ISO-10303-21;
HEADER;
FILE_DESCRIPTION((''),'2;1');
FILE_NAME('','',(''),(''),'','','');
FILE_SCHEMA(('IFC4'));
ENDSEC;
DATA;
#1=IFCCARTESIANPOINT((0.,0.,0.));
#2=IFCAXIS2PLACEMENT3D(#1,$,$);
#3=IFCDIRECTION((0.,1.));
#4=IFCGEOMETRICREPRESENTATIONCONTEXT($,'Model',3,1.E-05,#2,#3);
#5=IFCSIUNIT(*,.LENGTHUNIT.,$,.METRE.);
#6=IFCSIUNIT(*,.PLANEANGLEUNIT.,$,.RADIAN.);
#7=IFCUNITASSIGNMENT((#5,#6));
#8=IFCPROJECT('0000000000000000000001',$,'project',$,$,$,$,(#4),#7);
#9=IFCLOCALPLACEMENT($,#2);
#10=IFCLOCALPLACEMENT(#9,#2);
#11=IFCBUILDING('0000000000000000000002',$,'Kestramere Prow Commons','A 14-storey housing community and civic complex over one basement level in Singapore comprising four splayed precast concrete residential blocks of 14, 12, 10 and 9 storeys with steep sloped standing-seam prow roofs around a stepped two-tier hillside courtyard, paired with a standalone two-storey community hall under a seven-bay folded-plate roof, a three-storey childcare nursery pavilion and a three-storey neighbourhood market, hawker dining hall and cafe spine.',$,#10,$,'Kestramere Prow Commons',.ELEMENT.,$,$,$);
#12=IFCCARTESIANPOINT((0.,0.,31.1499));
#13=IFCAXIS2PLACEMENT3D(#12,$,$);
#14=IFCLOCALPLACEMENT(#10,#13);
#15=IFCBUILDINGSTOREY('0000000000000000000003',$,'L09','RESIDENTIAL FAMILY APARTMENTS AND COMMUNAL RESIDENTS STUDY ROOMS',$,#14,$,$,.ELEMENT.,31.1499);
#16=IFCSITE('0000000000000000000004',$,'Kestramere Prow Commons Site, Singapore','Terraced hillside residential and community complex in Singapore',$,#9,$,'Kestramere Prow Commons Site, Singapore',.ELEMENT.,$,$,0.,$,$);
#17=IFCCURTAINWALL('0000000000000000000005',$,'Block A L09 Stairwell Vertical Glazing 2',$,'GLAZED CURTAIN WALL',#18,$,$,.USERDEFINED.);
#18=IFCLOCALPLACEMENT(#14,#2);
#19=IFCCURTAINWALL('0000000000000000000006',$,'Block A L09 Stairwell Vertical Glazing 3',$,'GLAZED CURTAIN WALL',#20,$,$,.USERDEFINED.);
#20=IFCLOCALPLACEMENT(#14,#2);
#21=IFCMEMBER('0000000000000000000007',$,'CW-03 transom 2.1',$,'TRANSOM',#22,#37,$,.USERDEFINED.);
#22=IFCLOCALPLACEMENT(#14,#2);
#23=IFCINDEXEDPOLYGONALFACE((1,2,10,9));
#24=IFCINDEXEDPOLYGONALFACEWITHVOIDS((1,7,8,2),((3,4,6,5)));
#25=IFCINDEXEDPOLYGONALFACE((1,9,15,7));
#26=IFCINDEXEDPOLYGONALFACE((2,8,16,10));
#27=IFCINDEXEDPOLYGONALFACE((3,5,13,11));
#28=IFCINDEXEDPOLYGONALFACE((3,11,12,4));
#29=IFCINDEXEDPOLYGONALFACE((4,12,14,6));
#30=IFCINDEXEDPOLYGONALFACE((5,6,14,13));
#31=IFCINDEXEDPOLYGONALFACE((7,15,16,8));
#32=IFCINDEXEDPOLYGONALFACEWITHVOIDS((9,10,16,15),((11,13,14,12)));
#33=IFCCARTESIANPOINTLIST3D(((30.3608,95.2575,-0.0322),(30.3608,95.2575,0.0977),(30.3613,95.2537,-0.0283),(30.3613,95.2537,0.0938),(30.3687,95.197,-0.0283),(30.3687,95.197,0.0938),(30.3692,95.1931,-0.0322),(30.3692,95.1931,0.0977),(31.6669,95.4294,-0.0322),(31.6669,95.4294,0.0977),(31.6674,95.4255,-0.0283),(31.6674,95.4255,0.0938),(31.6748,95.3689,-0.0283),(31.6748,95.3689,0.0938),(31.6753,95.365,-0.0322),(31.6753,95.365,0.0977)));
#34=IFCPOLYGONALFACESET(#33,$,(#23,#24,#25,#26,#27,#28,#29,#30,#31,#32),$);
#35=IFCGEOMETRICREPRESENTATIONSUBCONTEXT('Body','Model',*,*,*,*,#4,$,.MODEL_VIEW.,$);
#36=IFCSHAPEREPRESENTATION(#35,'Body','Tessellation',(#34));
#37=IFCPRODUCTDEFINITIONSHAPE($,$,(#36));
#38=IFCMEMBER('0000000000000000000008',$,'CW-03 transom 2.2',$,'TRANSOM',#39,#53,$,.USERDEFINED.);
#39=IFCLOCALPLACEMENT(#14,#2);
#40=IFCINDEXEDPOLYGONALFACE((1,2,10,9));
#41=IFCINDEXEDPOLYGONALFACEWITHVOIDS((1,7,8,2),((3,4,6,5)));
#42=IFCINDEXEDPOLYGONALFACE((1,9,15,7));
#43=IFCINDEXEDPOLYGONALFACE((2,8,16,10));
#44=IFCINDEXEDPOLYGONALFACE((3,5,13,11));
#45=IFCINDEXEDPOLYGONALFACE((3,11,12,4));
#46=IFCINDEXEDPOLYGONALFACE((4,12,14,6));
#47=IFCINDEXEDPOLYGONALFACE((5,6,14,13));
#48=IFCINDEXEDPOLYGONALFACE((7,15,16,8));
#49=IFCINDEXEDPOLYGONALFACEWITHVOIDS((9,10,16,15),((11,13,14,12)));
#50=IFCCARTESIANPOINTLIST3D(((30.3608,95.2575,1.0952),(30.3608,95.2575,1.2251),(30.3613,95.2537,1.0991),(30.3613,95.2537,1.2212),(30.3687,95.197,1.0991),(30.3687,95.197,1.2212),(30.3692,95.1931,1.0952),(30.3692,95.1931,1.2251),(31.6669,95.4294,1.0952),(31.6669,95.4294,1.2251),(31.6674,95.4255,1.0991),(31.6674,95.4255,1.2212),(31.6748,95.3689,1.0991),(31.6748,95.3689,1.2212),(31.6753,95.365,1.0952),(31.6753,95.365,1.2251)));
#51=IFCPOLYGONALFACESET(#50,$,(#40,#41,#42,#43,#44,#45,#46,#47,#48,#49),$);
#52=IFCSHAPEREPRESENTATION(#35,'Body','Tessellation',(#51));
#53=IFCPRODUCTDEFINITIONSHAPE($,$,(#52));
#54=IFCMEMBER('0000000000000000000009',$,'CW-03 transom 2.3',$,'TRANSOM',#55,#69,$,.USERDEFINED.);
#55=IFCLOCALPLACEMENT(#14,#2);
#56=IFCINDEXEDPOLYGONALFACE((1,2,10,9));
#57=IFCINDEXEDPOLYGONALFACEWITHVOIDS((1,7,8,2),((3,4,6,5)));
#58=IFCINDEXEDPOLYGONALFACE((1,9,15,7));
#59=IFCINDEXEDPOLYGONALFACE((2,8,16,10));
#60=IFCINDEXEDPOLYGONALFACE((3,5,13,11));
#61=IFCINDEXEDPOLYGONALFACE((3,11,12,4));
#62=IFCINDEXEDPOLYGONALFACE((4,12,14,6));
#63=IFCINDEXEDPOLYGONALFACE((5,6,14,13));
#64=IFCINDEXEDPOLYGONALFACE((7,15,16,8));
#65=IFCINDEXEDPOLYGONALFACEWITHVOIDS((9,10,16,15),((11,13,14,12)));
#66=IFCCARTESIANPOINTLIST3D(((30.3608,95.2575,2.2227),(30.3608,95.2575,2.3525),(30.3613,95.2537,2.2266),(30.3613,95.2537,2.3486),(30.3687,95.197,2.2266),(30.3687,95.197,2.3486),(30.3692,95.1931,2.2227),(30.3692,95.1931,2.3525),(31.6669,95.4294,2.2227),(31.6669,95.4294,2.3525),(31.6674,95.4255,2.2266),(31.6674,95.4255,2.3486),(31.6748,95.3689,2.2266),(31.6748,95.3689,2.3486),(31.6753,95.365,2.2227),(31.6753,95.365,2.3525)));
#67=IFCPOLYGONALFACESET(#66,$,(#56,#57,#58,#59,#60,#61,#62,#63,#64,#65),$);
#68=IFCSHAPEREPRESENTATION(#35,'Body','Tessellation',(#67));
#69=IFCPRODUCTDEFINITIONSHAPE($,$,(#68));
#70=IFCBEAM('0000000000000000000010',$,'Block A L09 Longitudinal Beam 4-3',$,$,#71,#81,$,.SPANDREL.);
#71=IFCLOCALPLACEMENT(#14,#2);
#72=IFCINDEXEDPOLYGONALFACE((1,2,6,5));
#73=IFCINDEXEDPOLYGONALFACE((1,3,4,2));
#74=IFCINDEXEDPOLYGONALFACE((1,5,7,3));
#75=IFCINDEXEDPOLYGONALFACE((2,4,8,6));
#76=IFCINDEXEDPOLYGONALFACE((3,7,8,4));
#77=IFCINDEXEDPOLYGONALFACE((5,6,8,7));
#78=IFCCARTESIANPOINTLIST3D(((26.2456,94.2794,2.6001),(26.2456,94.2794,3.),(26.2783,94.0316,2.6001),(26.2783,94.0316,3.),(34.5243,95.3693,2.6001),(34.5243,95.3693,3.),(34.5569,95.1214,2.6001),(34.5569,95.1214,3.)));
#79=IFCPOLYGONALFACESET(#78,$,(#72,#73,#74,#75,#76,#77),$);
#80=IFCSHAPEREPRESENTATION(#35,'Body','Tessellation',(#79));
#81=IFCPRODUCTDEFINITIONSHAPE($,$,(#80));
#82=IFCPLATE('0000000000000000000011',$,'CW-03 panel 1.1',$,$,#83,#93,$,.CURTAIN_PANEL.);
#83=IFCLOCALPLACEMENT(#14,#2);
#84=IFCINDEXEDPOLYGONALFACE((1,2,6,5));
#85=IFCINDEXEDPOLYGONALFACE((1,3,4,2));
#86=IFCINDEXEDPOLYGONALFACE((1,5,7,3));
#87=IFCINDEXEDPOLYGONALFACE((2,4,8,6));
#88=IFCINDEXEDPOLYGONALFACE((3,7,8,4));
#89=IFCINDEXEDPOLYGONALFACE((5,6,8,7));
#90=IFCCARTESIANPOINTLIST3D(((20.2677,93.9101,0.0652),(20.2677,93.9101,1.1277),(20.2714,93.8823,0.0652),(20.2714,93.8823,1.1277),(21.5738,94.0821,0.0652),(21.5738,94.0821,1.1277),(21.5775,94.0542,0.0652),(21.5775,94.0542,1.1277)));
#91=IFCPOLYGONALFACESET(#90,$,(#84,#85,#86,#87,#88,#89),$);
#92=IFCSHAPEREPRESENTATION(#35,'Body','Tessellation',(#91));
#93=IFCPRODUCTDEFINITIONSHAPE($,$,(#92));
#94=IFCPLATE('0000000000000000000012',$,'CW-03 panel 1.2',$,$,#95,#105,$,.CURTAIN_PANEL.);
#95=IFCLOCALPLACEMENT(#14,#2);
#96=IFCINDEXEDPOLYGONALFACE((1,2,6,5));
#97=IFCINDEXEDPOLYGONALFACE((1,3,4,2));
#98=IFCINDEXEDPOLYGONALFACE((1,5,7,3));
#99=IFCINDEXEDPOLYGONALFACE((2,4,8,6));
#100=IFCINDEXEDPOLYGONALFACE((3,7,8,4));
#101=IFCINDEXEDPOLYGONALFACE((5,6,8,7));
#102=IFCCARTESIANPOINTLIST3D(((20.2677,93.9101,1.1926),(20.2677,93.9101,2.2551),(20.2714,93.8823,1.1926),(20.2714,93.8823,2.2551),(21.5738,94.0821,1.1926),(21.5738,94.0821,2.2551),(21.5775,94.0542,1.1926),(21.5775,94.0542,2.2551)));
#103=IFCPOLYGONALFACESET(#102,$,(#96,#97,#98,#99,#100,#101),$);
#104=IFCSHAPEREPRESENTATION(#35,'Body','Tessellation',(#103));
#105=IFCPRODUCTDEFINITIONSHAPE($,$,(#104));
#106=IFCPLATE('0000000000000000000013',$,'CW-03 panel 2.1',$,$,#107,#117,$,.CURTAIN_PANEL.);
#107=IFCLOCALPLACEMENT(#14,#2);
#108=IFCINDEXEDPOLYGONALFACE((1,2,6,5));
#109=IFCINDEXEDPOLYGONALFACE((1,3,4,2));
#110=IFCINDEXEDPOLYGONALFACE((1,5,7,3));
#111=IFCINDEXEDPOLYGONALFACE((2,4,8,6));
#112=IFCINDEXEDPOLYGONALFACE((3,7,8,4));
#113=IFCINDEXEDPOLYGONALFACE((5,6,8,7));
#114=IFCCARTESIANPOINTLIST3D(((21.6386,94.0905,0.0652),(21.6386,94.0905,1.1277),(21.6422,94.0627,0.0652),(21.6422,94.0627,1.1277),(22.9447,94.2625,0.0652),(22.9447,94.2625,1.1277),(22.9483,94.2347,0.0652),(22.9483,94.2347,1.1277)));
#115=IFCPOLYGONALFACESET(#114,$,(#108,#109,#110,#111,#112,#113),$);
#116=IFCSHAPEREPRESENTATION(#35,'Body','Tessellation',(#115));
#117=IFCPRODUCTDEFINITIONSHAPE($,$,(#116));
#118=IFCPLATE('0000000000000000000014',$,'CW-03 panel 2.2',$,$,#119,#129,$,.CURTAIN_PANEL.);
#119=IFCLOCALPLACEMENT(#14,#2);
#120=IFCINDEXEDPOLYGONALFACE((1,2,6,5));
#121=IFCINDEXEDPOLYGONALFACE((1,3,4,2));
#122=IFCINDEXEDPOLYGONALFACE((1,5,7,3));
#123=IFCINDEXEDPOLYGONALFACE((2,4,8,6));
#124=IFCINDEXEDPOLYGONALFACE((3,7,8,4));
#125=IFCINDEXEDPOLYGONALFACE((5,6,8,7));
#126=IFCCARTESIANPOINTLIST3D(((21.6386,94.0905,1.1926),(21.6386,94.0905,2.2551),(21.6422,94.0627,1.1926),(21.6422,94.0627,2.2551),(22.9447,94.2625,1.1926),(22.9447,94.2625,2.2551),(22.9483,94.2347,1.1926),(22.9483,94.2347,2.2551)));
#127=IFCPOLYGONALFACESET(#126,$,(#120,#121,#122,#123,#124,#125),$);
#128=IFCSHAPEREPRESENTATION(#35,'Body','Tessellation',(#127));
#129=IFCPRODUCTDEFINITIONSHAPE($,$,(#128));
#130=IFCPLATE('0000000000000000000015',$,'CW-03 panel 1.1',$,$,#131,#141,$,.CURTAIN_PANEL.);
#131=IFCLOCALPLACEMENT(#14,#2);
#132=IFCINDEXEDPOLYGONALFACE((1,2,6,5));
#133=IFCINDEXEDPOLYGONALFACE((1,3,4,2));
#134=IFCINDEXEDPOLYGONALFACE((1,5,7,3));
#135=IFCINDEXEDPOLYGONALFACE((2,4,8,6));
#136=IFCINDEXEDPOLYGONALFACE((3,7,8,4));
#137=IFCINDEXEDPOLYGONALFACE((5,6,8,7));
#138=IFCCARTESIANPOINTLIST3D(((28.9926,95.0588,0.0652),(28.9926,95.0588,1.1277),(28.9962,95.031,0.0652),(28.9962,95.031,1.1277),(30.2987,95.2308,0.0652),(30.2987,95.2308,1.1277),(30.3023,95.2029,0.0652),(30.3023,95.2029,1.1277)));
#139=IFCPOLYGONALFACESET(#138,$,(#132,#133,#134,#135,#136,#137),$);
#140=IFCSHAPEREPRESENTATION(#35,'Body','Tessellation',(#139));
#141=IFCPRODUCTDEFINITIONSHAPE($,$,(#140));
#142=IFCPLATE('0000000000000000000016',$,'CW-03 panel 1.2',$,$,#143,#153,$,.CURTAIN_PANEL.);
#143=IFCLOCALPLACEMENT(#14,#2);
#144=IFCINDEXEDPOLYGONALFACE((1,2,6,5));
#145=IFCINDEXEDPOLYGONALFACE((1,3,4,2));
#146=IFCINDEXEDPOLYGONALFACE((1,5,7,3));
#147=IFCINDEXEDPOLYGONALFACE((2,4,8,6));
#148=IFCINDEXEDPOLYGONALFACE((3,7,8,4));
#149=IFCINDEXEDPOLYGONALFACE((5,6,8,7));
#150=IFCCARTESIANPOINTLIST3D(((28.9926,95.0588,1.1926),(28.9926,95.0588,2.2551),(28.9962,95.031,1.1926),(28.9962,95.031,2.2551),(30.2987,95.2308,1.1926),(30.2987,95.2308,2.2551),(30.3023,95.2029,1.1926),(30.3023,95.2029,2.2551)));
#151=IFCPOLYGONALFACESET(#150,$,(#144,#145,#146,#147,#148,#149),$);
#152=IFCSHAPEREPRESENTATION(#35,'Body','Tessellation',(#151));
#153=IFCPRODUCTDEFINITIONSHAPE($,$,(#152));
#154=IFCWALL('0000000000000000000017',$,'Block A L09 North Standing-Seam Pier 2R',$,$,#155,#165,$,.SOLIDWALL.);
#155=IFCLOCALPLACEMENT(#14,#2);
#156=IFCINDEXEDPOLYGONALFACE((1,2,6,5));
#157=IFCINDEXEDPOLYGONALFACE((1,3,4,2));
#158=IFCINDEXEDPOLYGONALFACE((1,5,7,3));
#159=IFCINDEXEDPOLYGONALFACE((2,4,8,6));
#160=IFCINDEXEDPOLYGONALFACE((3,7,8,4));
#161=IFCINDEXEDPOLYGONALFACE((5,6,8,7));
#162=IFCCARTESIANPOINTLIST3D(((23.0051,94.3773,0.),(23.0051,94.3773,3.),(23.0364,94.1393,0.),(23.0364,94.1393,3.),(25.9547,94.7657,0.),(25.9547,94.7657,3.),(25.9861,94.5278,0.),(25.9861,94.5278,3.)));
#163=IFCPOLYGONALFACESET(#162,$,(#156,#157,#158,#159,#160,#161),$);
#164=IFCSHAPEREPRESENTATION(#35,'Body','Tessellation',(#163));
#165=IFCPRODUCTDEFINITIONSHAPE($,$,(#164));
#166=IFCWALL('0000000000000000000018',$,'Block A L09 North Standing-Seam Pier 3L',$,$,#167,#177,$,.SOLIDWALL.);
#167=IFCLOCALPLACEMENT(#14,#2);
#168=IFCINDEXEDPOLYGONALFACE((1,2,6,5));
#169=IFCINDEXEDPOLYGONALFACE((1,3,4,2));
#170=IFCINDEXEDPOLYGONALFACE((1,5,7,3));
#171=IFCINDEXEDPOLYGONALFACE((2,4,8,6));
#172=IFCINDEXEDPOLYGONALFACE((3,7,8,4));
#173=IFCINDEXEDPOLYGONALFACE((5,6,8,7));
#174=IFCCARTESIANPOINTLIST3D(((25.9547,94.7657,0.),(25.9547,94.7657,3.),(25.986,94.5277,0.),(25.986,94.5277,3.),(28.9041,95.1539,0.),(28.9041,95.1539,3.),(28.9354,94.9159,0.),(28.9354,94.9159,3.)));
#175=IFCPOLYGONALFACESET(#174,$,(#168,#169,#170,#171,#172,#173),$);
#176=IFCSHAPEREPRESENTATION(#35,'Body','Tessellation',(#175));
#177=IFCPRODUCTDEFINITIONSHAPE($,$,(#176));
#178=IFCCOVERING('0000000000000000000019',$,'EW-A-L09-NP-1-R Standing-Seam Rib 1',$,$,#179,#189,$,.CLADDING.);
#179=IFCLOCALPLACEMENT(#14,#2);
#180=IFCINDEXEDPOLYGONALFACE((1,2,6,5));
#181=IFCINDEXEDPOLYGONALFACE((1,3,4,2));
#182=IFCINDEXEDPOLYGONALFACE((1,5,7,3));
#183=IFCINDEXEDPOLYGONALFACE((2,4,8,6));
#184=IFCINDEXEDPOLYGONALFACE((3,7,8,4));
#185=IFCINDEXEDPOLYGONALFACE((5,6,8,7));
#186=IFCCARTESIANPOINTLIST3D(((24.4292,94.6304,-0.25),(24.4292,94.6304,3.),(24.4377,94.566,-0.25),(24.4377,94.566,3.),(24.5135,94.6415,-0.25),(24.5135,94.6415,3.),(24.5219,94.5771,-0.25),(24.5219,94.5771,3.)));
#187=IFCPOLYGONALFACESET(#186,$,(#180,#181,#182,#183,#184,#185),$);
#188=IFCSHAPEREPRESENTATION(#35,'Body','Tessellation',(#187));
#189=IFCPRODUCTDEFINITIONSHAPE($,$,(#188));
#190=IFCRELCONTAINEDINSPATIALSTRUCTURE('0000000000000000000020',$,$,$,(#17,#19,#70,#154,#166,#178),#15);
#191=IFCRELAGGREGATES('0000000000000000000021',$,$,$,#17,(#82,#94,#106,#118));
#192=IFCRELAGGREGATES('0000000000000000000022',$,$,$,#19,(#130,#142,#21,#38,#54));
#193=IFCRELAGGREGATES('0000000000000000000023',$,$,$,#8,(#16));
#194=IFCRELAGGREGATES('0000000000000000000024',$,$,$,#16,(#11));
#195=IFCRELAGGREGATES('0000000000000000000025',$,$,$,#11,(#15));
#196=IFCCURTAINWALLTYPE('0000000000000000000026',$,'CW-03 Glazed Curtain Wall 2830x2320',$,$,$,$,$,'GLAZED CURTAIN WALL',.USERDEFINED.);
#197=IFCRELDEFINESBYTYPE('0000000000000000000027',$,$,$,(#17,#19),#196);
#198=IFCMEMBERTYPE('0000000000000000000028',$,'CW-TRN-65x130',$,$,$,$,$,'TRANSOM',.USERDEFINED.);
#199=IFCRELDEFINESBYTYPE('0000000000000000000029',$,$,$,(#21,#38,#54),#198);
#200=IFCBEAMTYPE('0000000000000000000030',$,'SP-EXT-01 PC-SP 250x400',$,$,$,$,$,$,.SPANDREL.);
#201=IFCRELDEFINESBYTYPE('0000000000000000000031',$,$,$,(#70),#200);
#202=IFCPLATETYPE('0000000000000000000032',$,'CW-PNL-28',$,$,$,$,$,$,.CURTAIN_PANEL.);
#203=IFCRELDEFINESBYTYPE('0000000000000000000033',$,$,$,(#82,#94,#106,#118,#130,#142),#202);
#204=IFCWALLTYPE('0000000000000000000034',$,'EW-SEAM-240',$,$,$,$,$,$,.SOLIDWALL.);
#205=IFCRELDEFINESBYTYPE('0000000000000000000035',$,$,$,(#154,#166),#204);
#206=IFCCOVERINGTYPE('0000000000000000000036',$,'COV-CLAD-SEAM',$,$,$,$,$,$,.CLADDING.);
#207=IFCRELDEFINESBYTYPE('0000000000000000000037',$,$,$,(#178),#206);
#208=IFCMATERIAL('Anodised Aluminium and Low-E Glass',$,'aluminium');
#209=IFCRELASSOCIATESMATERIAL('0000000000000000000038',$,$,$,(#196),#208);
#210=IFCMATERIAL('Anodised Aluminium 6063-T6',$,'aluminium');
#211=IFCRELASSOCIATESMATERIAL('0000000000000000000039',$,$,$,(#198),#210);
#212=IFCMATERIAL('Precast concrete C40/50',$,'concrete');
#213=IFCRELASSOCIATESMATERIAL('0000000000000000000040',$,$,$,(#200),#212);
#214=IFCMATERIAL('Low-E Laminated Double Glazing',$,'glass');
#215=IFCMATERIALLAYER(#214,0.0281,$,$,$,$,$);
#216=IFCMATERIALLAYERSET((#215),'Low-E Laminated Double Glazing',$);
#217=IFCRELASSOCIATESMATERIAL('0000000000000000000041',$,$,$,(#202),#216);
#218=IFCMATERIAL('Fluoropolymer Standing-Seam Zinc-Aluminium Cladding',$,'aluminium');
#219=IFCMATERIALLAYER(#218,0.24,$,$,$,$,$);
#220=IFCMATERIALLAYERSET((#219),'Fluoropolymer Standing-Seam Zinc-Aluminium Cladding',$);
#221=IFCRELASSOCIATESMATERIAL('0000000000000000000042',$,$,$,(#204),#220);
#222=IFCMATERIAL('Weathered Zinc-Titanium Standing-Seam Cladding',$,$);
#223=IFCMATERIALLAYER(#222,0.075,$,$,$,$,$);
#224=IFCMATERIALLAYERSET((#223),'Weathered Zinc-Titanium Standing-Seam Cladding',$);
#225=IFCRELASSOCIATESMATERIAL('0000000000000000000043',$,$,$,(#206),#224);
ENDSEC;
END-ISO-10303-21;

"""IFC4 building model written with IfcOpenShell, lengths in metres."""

from ifc_helpers import new_model, si_unit, direction, frame, frame_2d, origin, origin_2d, place, context, subcontext, project, spatial, rectangle, hollow_rectangle, extrude, material, layer, layer_set, material_profile, profile_set, type_object, element, aggregate, save


model = new_model("IFC4")

# Units and contexts
model_context = context("Model", 3, precision=1e-05, world=origin(), true_north=direction((0.0, 1.0)))
body_context = subcontext(model_context, "Body", "Model", "MODEL_VIEW")
ifc_project = project(units=[si_unit("LENGTHUNIT", "METRE"), si_unit("PLANEANGLEUNIT", "RADIAN")], contexts=[model_context])

# Site, building, storey
site_placement = place(None, origin())
site = spatial("IfcSite", under=ifc_project, at=site_placement, Name="Kestramere Prow Commons Site, Singapore", Description="Terraced hillside residential and community complex in Singapore", LongName="Kestramere Prow Commons Site, Singapore", CompositionType="ELEMENT", RefElevation=0.0)
building_placement = place(site_placement, origin())
building = spatial("IfcBuilding", under=site, at=building_placement, Name="Kestramere Prow Commons", Description="A 14-storey housing community and civic complex over one basement level in Singapore comprising four splayed precast concrete residential blocks of 14, 12, 10 and 9 storeys with steep sloped standing-seam prow roofs around a stepped two-tier hillside courtyard, paired with a standalone two-storey community hall under a seven-bay folded-plate roof, a three-storey childcare nursery pavilion and a three-storey neighbourhood market, hawker dining hall and cafe spine.", LongName="Kestramere Prow Commons", CompositionType="ELEMENT")
storey_placement = place(building_placement, frame((0.0, 0.0, 31.1499)))
storey = spatial("IfcBuildingStorey", under=building, at=storey_placement, Name="L09", Description="RESIDENTIAL FAMILY APARTMENTS AND COMMUNAL RESIDENTS STUDY ROOMS", CompositionType="ELEMENT", Elevation=31.1499)

# Shared definitions
ifc_material_1 = material(Name="Precast concrete C40/50", Category="concrete")

# Curtain walls
ifc_material_2 = material(Name="Anodised Aluminium and Low-E Glass", Category="aluminium")
curtain_wall_type = type_object("IfcCurtainWallType", Name="CW-03 Glazed Curtain Wall 2830x2320", ElementType="GLAZED CURTAIN WALL", PredefinedType="USERDEFINED", material=ifc_material_2)
curtain_wall_1_placement = place(storey_placement, origin())
curtain_wall_1 = element("IfcCurtainWall", 1, at=curtain_wall_1_placement, inside=storey, type_object=curtain_wall_type, Name="Block A L09 Stairwell Vertical Glazing 2", ObjectType="GLAZED CURTAIN WALL", PredefinedType="USERDEFINED")
ifc_material_3 = material(Name="Anodised Aluminium 6063-T6", Category="aluminium")
curtain_wall_2_placement = place(storey_placement, origin())
curtain_wall_2 = element("IfcCurtainWall", 2, at=curtain_wall_2_placement, inside=storey, type_object=curtain_wall_type, Name="Block A L09 Stairwell Vertical Glazing 3", ObjectType="GLAZED CURTAIN WALL", PredefinedType="USERDEFINED")

# Members
ifc_material_profile_1 = material_profile(ifc_material_3, hollow_rectangle(XDim=0.0649, YDim=0.1299, WallThickness=0.0039, at=origin_2d()), Name="ALU-TRN 65x130")
ifc_profile_set_1 = profile_set([ifc_material_profile_1], Name="Anodised Aluminium 6063-T6")
member_type_1 = type_object("IfcMemberType", Name="CW-TRN-65x130", ElementType="TRANSOM", PredefinedType="USERDEFINED", material=ifc_profile_set_1)
member_1_placement = place(storey_placement, frame((30.365, 95.2253, 0.0327), z_axis=(0.991453, 0.130464, 0.0), x_axis=(-0.130464, 0.991453, 0.0)))
member_1 = element("IfcMember", 3, at=member_1_placement, type_object=member_type_1, Name="CW-03 transom 2.1", ObjectType="TRANSOM", PredefinedType="USERDEFINED", context=body_context, shape_type="SweptSolid", body=[
    extrude(hollow_rectangle(XDim=0.0649, YDim=0.1299, WallThickness=0.0039, at=origin_2d()), origin(), (0.0, 0.0, 1.0), 1.3174),
])
member_2_placement = place(storey_placement, frame((30.365, 95.2253, 1.1602), z_axis=(0.991453, 0.130464, 0.0), x_axis=(-0.130464, 0.991453, 0.0)))
member_2 = element("IfcMember", 4, at=member_2_placement, type_object=member_type_1, Name="CW-03 transom 2.2", ObjectType="TRANSOM", PredefinedType="USERDEFINED", context=body_context, shape_type="SweptSolid", body=[
    extrude(hollow_rectangle(XDim=0.0649, YDim=0.1299, WallThickness=0.0039, at=origin_2d()), origin(), (0.0, 0.0, 1.0), 1.3174),
])
member_3_placement = place(storey_placement, frame((30.365, 95.2253, 2.2876), z_axis=(0.991453, 0.130464, 0.0), x_axis=(-0.130464, 0.991453, 0.0)))
member_3 = element("IfcMember", 5, at=member_3_placement, type_object=member_type_1, Name="CW-03 transom 2.3", ObjectType="TRANSOM", PredefinedType="USERDEFINED", context=body_context, shape_type="SweptSolid", body=[
    extrude(hollow_rectangle(XDim=0.0649, YDim=0.1299, WallThickness=0.0039, at=origin_2d()), origin(), (0.0, 0.0, 1.0), 1.3174),
])

# Beam
ifc_material_profile_2 = material_profile(ifc_material_1, rectangle(XDim=0.25, YDim=0.3999, at=origin_2d()), Name="PC-SP 250x400")
ifc_profile_set_2 = profile_set([ifc_material_profile_2], Name="Precast concrete C40/50")
beam_type = type_object("IfcBeamType", Name="SP-EXT-01 PC-SP 250x400", PredefinedType="SPANDREL", material=ifc_profile_set_2)
beam_placement = place(storey_placement, frame((26.262, 94.1555, 2.8), z_axis=(0.991446, 0.13052, 0.0), x_axis=(-0.13052, 0.991446, 0.0)))
element("IfcBeam", 6, at=beam_placement, inside=storey, type_object=beam_type, Name="Block A L09 Longitudinal Beam 4-3", PredefinedType="SPANDREL", context=body_context, shape_type="SweptSolid", body=[
    extrude(rectangle(XDim=0.25, YDim=0.3999, at=origin_2d()), origin(), (0.0, 0.0, 1.0), 8.3501),
])

# Plates
ifc_material_4 = material(Name="Low-E Laminated Double Glazing", Category="glass")
ifc_layer_1 = layer(ifc_material_4, 0.0281)
ifc_layer_set_1 = layer_set([ifc_layer_1], Name="Low-E Laminated Double Glazing")
plate_type = type_object("IfcPlateType", Name="CW-PNL-28", PredefinedType="CURTAIN_PANEL", material=ifc_layer_set_1)
plate_1_placement = place(storey_placement, frame((20.9226, 93.9822, 0.0652), z_axis=(0.0, 0.0, 1.0), x_axis=(0.991445, 0.130526, 0.0)))
plate_1 = element("IfcPlate", 7, at=plate_1_placement, type_object=plate_type, Name="CW-03 panel 1.1", PredefinedType="CURTAIN_PANEL", context=body_context, shape_type="SweptSolid", body=[
    extrude(rectangle(XDim=1.3174, YDim=0.0281, at=origin_2d()), origin(), (0.0, 0.0, 1.0), 1.0625),
])
plate_2_placement = place(storey_placement, frame((20.9226, 93.9822, 1.1926), z_axis=(0.0, 0.0, 1.0), x_axis=(0.991445, 0.130526, 0.0)))
plate_2 = element("IfcPlate", 8, at=plate_2_placement, type_object=plate_type, Name="CW-03 panel 1.2", PredefinedType="CURTAIN_PANEL", context=body_context, shape_type="SweptSolid", body=[
    extrude(rectangle(XDim=1.3174, YDim=0.0281, at=origin_2d()), origin(), (0.0, 0.0, 1.0), 1.0625),
])
plate_3_placement = place(storey_placement, frame((22.2935, 94.1626, 0.0652), z_axis=(0.0, 0.0, 1.0), x_axis=(0.991445, 0.130526, 0.0)))
plate_3 = element("IfcPlate", 9, at=plate_3_placement, type_object=plate_type, Name="CW-03 panel 2.1", PredefinedType="CURTAIN_PANEL", context=body_context, shape_type="SweptSolid", body=[
    extrude(rectangle(XDim=1.3174, YDim=0.0281, at=origin_2d()), origin(), (0.0, 0.0, 1.0), 1.0625),
])
plate_4_placement = place(storey_placement, frame((22.2935, 94.1626, 1.1926), z_axis=(0.0, 0.0, 1.0), x_axis=(0.991445, 0.130526, 0.0)))
plate_4 = element("IfcPlate", 10, at=plate_4_placement, type_object=plate_type, Name="CW-03 panel 2.2", PredefinedType="CURTAIN_PANEL", context=body_context, shape_type="SweptSolid", body=[
    extrude(rectangle(XDim=1.3174, YDim=0.0281, at=origin_2d()), origin(), (0.0, 0.0, 1.0), 1.0625),
])
aggregate(curtain_wall_1, [plate_1, plate_2, plate_3, plate_4])
plate_5_placement = place(storey_placement, frame((29.6475, 95.1309, 0.0652), z_axis=(0.0, 0.0, 1.0), x_axis=(0.991445, 0.130526, 0.0)))
plate_5 = element("IfcPlate", 11, at=plate_5_placement, type_object=plate_type, Name="CW-03 panel 1.1", PredefinedType="CURTAIN_PANEL", context=body_context, shape_type="SweptSolid", body=[
    extrude(rectangle(XDim=1.3174, YDim=0.0281, at=origin_2d()), origin(), (0.0, 0.0, 1.0), 1.0625),
])
plate_6_placement = place(storey_placement, frame((29.6475, 95.1309, 1.1926), z_axis=(0.0, 0.0, 1.0), x_axis=(0.991445, 0.130526, 0.0)))
plate_6 = element("IfcPlate", 12, at=plate_6_placement, type_object=plate_type, Name="CW-03 panel 1.2", PredefinedType="CURTAIN_PANEL", context=body_context, shape_type="SweptSolid", body=[
    extrude(rectangle(XDim=1.3174, YDim=0.0281, at=origin_2d()), origin(), (0.0, 0.0, 1.0), 1.0625),
])
aggregate(curtain_wall_2, [plate_5, plate_6, member_1, member_2, member_3])

# Walls
ifc_material_5 = material(Name="Fluoropolymer Standing-Seam Zinc-Aluminium Cladding", Category="aluminium")
ifc_layer_2 = layer(ifc_material_5, 0.24)
ifc_layer_set_2 = layer_set([ifc_layer_2], Name="Fluoropolymer Standing-Seam Zinc-Aluminium Cladding")
wall_type = type_object("IfcWallType", Name="EW-SEAM-240", PredefinedType="SOLIDWALL", material=ifc_layer_set_2)
wall_1_placement = place(storey_placement, frame((23.0208, 94.2583, 0.0), z_axis=(0.0, 0.0, 1.0), x_axis=(0.991441, 0.130556, 0.0)))
element("IfcWall", 13, at=wall_1_placement, inside=storey, type_object=wall_type, Name="Block A L09 North Standing-Seam Pier 2R", PredefinedType="SOLIDWALL", context=body_context, shape_type="SweptSolid", body=[
    extrude(rectangle(XDim=2.9751, YDim=0.24, at=frame_2d((1.4875, 0.0))), origin(), (0.0, 0.0, 1.0), 3.0),
])
wall_2_placement = place(storey_placement, frame((25.9705, 94.6467, 0.0), z_axis=(0.0, 0.0, 1.0), x_axis=(0.99145, 0.130486, 0.0)))
element("IfcWall", 14, at=wall_2_placement, inside=storey, type_object=wall_type, Name="Block A L09 North Standing-Seam Pier 3L", PredefinedType="SOLIDWALL", context=body_context, shape_type="SweptSolid", body=[
    extrude(rectangle(XDim=2.9749, YDim=0.24, at=frame_2d((1.4873, 0.0))), origin(), (0.0, 0.0, 1.0), 3.0),
])

# Covering
ifc_material_6 = material(Name="Weathered Zinc-Titanium Standing-Seam Cladding")
ifc_layer_3 = layer(ifc_material_6, 0.075)
ifc_layer_set_3 = layer_set([ifc_layer_3], Name="Weathered Zinc-Titanium Standing-Seam Cladding")
covering_type = type_object("IfcCoveringType", Name="COV-CLAD-SEAM", PredefinedType="CLADDING", material=ifc_layer_set_3)
for number, where, z_axis, x_axis, name in (
    (15, (24.4756, 94.6038, -0.25), (0.0, 0.0, 1.0), (0.991445, 0.130526, 0.0), "EW-A-L09-NP-1-R Standing-Seam Rib 1"),
):
    element("IfcCovering", number, at=place(storey_placement, frame(where, z_axis=z_axis, x_axis=x_axis)), inside=storey, type_object=covering_type, Name=name, PredefinedType="CLADDING", context=body_context, shape_type="SweptSolid", body=[
        extrude(rectangle(XDim=0.085, YDim=0.0649, at=origin_2d()), origin(), (0.0, 0.0, 1.0), 3.25),
    ])

save(model, "model.ifc")
